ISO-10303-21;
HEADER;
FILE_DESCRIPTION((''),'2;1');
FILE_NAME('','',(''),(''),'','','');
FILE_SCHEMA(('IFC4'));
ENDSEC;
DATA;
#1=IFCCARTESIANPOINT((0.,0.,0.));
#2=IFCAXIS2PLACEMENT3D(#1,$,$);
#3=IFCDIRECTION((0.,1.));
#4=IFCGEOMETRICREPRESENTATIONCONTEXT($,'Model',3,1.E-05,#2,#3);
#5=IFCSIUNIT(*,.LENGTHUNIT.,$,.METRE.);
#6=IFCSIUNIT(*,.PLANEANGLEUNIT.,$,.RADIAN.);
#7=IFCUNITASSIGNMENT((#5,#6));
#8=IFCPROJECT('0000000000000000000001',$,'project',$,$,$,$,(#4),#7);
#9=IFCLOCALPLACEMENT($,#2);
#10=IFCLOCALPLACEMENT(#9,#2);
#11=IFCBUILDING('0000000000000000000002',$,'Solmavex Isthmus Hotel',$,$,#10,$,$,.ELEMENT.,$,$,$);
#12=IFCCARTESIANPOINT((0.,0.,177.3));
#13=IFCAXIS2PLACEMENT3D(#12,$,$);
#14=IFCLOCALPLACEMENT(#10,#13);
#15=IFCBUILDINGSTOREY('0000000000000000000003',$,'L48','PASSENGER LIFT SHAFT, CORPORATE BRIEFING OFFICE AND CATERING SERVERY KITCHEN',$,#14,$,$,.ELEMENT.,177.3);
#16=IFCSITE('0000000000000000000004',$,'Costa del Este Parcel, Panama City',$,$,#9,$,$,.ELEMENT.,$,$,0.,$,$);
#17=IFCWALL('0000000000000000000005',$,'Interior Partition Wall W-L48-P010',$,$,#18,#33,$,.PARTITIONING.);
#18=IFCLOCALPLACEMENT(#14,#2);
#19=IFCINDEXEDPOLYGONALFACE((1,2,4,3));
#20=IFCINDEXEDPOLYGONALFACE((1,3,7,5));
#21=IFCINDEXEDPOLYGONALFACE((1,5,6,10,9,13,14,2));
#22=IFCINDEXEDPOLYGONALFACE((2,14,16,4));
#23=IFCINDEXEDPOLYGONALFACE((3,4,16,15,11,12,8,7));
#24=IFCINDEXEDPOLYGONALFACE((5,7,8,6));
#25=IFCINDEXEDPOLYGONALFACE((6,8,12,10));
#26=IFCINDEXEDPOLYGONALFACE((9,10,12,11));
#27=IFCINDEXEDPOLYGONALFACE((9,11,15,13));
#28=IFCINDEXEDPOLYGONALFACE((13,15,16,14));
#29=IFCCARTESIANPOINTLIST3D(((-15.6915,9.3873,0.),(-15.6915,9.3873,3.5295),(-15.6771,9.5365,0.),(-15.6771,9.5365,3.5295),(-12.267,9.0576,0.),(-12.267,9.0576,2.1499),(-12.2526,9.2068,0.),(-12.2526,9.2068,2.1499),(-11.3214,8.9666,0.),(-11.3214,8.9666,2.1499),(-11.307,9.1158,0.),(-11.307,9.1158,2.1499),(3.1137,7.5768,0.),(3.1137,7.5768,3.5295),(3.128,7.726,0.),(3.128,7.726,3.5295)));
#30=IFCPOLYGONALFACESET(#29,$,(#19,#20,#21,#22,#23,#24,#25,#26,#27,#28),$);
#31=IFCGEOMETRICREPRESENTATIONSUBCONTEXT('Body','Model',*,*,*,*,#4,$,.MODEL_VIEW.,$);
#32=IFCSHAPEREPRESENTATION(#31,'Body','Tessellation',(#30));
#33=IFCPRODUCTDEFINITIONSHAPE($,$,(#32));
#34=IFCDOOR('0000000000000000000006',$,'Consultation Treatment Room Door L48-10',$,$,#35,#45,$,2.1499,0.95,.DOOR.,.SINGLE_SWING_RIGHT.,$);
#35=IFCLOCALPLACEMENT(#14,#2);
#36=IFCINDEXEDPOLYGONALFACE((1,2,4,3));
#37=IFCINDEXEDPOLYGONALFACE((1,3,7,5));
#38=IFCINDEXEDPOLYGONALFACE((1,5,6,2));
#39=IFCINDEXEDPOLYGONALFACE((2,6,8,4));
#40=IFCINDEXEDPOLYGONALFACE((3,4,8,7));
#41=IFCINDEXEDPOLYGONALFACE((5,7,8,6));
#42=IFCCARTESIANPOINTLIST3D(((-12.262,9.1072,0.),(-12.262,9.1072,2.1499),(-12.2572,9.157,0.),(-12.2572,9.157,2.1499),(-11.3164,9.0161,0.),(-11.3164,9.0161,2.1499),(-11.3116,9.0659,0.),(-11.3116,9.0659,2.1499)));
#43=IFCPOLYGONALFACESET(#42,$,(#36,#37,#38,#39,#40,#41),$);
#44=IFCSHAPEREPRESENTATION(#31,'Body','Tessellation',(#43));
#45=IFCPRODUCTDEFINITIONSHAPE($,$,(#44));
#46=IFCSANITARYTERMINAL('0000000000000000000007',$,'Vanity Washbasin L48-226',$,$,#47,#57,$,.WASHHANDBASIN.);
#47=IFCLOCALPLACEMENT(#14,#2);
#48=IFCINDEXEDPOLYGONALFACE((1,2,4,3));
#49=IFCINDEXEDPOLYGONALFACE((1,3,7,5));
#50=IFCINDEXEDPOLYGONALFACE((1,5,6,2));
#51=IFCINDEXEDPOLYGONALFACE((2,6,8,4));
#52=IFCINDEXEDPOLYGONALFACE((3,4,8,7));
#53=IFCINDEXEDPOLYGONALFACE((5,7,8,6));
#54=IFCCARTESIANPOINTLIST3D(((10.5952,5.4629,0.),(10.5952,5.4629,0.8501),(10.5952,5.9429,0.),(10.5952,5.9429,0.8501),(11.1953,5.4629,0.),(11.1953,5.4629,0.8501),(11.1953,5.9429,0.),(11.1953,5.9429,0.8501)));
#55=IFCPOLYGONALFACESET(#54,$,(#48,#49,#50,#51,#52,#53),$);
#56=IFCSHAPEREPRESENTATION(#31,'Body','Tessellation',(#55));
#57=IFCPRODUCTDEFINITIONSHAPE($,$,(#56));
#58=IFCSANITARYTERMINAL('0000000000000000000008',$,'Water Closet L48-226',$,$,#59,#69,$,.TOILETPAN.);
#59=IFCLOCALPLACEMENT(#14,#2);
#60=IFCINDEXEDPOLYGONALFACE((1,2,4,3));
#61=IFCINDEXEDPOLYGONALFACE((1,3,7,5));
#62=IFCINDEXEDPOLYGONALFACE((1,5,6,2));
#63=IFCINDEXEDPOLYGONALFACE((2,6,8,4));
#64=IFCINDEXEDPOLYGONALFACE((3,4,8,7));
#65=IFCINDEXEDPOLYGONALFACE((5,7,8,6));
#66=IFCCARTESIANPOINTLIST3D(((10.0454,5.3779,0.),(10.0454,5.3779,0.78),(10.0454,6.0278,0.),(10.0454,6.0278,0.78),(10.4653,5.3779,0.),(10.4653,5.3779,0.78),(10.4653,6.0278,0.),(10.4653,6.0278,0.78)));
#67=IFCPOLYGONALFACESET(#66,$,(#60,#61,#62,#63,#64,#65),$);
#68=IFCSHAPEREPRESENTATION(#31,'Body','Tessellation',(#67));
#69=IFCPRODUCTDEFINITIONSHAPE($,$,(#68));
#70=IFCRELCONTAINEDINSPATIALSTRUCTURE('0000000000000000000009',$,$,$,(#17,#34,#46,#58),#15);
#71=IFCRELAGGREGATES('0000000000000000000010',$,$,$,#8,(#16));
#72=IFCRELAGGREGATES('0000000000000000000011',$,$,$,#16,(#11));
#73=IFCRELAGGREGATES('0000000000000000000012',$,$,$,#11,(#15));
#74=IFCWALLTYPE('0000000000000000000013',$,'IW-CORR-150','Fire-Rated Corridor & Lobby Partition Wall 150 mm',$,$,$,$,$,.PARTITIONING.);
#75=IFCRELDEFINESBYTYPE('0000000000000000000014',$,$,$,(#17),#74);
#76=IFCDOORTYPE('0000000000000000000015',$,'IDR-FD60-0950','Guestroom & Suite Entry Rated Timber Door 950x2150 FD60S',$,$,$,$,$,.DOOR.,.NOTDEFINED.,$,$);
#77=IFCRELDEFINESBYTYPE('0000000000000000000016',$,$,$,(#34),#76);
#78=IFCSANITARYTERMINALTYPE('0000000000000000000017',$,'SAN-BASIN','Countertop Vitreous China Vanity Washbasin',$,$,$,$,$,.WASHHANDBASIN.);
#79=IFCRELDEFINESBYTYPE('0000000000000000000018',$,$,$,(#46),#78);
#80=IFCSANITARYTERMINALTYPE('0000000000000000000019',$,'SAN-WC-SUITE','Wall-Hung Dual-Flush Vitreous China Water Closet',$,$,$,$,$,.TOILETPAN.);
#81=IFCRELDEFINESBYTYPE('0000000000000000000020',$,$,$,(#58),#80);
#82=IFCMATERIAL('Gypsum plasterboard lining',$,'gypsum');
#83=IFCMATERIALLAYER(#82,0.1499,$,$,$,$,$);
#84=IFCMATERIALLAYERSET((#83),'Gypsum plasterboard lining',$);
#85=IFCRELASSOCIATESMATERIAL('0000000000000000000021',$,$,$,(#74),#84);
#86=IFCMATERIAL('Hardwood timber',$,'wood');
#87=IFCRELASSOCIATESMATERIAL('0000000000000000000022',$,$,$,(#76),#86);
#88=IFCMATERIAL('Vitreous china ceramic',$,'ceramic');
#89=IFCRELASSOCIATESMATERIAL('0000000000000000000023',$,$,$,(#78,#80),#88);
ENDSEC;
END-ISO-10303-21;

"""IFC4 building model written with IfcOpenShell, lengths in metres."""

from ifc_helpers import new_model, si_unit, direction, frame, frame_2d, origin, origin_2d, place, context, subcontext, project, spatial, rectangle, extrude, material, layer, layer_set, type_object, element, fill, save


model = new_model("IFC4")

# Units and contexts
model_context = context("Model", 3, precision=1e-05, world=origin(), true_north=direction((0.0, 1.0)))
body_context = subcontext(model_context, "Body", "Model", "MODEL_VIEW")
ifc_project = project(units=[si_unit("LENGTHUNIT", "METRE"), si_unit("PLANEANGLEUNIT", "RADIAN")], contexts=[model_context])

# Site, building, storey
site_placement = place(None, origin())
site = spatial("IfcSite", under=ifc_project, at=site_placement, Name="Costa del Este Parcel, Panama City", CompositionType="ELEMENT", RefElevation=0.0)
building_placement = place(site_placement, origin())
building = spatial("IfcBuilding", under=site, at=building_placement, Name="Solmavex Isthmus Hotel", CompositionType="ELEMENT")
storey_placement = place(building_placement, frame((0.0, 0.0, 177.3)))
storey = spatial("IfcBuildingStorey", under=building, at=storey_placement, Name="L48", Description="PASSENGER LIFT SHAFT, CORPORATE BRIEFING OFFICE AND CATERING SERVERY KITCHEN", CompositionType="ELEMENT", Elevation=177.3)

# Shared definitions
ifc_material_1 = material(Name="Gypsum plasterboard lining", Category="gypsum")

# Shared definitions
ifc_layer_1 = layer(ifc_material_1, 0.1499)
ifc_layer_set_1 = layer_set([ifc_layer_1], Name="Gypsum plasterboard lining")
wall_type_1 = type_object("IfcWallType", Name="IW-CORR-150", Description="Fire-Rated Corridor & Lobby Partition Wall 150 mm", PredefinedType="PARTITIONING", material=ifc_layer_set_1)
ifc_material_2 = material(Name="Hardwood timber", Category="wood")
door_type_1 = type_object("IfcDoorType", Name="IDR-FD60-0950", Description="Guestroom & Suite Entry Rated Timber Door 950x2150 FD60S", OperationType="NOTDEFINED", PredefinedType="DOOR", material=ifc_material_2)

# Wall, opening, door
wall_1_placement = place(storey_placement, frame((3.1208, 7.6514, 0.0), z_axis=(0.0, 0.0, 1.0), x_axis=(-0.995397, 0.095836, 0.0)))
wall_1 = element("IfcWall", 1, at=wall_1_placement, inside=storey, type_object=wall_type_1, Name="Interior Partition Wall W-L48-P010", PredefinedType="PARTITIONING", context=body_context, shape_type="SweptSolid", body=[
    extrude(rectangle(XDim=18.8921, YDim=0.1499, at=frame_2d((9.446, 0.0))), origin(), (0.0, 0.0, 1.0), 3.5295),
])
opening_1_placement = place(wall_1_placement, frame((14.5017, 0.0, 0.0)))
opening_1 = element("IfcOpeningElement", 2, at=opening_1_placement, cuts=wall_1, PredefinedType="OPENING", context=body_context, shape_type="SweptSolid", body=[
    extrude(rectangle(XDim=0.95, YDim=2.1499, at=frame_2d((0.4751, 1.075))), frame((0.0, 0.085, 0.0), z_axis=(0.0, -1.0, 0.0), x_axis=(1.0, 0.0, 0.0)), (0.0, 0.0, 1.0), 0.1699),
])
door_1_placement = place(opening_1_placement, frame((0.95, 0.0, 0.0), z_axis=(0.0, 0.0, 1.0), x_axis=(-1.0, 0.0, 0.0)))
door_1 = element("IfcDoor", 3, at=door_1_placement, inside=storey, type_object=door_type_1, Name="Consultation Treatment Room Door L48-10", OperationType="SINGLE_SWING_RIGHT", OverallHeight=2.1499, OverallWidth=0.95, PredefinedType="DOOR", context=body_context, shape_type="SweptSolid", body=[
    extrude(rectangle(XDim=0.95, YDim=2.1499, at=frame_2d((0.4751, 1.075))), frame((0.0, 0.0249, 0.0), z_axis=(0.0, -1.0, 0.0), x_axis=(1.0, 0.0, 0.0)), (0.0, 0.0, 1.0), 0.05),
])
fill(opening_1, door_1)

# Sanitary terminals
ifc_material_3 = material(Name="Vitreous china ceramic", Category="ceramic")
sanitary_terminal_type_1 = type_object("IfcSanitaryTerminalType", Name="SAN-BASIN", Description="Countertop Vitreous China Vanity Washbasin", PredefinedType="WASHHANDBASIN", material=ifc_material_3)
sanitary_terminal_1_placement = place(storey_placement, frame((10.8953, 5.7029, 0.0), z_axis=(0.0, 0.0, 1.0), x_axis=(1.0, 0.0, 0.0)))
element("IfcSanitaryTerminal", 4, at=sanitary_terminal_1_placement, inside=storey, type_object=sanitary_terminal_type_1, Name="Vanity Washbasin L48-226", PredefinedType="WASHHANDBASIN", context=body_context, shape_type="SweptSolid", body=[
    extrude(rectangle(XDim=0.6001, YDim=0.48, at=origin_2d()), origin(), (0.0, 0.0, 1.0), 0.8501),
])
sanitary_terminal_type_2 = type_object("IfcSanitaryTerminalType", Name="SAN-WC-SUITE", Description="Wall-Hung Dual-Flush Vitreous China Water Closet", PredefinedType="TOILETPAN", material=ifc_material_3)
sanitary_terminal_2_placement = place(storey_placement, frame((10.2554, 5.7029, 0.0), z_axis=(0.0, 0.0, 1.0), x_axis=(1.0, 0.0, 0.0)))
element("IfcSanitaryTerminal", 5, at=sanitary_terminal_2_placement, inside=storey, type_object=sanitary_terminal_type_2, Name="Water Closet L48-226", PredefinedType="TOILETPAN", context=body_context, shape_type="SweptSolid", body=[
    extrude(rectangle(XDim=0.4199, YDim=0.6499, at=origin_2d()), origin(), (0.0, 0.0, 1.0), 0.78),
])

save(model, "model.ifc")
